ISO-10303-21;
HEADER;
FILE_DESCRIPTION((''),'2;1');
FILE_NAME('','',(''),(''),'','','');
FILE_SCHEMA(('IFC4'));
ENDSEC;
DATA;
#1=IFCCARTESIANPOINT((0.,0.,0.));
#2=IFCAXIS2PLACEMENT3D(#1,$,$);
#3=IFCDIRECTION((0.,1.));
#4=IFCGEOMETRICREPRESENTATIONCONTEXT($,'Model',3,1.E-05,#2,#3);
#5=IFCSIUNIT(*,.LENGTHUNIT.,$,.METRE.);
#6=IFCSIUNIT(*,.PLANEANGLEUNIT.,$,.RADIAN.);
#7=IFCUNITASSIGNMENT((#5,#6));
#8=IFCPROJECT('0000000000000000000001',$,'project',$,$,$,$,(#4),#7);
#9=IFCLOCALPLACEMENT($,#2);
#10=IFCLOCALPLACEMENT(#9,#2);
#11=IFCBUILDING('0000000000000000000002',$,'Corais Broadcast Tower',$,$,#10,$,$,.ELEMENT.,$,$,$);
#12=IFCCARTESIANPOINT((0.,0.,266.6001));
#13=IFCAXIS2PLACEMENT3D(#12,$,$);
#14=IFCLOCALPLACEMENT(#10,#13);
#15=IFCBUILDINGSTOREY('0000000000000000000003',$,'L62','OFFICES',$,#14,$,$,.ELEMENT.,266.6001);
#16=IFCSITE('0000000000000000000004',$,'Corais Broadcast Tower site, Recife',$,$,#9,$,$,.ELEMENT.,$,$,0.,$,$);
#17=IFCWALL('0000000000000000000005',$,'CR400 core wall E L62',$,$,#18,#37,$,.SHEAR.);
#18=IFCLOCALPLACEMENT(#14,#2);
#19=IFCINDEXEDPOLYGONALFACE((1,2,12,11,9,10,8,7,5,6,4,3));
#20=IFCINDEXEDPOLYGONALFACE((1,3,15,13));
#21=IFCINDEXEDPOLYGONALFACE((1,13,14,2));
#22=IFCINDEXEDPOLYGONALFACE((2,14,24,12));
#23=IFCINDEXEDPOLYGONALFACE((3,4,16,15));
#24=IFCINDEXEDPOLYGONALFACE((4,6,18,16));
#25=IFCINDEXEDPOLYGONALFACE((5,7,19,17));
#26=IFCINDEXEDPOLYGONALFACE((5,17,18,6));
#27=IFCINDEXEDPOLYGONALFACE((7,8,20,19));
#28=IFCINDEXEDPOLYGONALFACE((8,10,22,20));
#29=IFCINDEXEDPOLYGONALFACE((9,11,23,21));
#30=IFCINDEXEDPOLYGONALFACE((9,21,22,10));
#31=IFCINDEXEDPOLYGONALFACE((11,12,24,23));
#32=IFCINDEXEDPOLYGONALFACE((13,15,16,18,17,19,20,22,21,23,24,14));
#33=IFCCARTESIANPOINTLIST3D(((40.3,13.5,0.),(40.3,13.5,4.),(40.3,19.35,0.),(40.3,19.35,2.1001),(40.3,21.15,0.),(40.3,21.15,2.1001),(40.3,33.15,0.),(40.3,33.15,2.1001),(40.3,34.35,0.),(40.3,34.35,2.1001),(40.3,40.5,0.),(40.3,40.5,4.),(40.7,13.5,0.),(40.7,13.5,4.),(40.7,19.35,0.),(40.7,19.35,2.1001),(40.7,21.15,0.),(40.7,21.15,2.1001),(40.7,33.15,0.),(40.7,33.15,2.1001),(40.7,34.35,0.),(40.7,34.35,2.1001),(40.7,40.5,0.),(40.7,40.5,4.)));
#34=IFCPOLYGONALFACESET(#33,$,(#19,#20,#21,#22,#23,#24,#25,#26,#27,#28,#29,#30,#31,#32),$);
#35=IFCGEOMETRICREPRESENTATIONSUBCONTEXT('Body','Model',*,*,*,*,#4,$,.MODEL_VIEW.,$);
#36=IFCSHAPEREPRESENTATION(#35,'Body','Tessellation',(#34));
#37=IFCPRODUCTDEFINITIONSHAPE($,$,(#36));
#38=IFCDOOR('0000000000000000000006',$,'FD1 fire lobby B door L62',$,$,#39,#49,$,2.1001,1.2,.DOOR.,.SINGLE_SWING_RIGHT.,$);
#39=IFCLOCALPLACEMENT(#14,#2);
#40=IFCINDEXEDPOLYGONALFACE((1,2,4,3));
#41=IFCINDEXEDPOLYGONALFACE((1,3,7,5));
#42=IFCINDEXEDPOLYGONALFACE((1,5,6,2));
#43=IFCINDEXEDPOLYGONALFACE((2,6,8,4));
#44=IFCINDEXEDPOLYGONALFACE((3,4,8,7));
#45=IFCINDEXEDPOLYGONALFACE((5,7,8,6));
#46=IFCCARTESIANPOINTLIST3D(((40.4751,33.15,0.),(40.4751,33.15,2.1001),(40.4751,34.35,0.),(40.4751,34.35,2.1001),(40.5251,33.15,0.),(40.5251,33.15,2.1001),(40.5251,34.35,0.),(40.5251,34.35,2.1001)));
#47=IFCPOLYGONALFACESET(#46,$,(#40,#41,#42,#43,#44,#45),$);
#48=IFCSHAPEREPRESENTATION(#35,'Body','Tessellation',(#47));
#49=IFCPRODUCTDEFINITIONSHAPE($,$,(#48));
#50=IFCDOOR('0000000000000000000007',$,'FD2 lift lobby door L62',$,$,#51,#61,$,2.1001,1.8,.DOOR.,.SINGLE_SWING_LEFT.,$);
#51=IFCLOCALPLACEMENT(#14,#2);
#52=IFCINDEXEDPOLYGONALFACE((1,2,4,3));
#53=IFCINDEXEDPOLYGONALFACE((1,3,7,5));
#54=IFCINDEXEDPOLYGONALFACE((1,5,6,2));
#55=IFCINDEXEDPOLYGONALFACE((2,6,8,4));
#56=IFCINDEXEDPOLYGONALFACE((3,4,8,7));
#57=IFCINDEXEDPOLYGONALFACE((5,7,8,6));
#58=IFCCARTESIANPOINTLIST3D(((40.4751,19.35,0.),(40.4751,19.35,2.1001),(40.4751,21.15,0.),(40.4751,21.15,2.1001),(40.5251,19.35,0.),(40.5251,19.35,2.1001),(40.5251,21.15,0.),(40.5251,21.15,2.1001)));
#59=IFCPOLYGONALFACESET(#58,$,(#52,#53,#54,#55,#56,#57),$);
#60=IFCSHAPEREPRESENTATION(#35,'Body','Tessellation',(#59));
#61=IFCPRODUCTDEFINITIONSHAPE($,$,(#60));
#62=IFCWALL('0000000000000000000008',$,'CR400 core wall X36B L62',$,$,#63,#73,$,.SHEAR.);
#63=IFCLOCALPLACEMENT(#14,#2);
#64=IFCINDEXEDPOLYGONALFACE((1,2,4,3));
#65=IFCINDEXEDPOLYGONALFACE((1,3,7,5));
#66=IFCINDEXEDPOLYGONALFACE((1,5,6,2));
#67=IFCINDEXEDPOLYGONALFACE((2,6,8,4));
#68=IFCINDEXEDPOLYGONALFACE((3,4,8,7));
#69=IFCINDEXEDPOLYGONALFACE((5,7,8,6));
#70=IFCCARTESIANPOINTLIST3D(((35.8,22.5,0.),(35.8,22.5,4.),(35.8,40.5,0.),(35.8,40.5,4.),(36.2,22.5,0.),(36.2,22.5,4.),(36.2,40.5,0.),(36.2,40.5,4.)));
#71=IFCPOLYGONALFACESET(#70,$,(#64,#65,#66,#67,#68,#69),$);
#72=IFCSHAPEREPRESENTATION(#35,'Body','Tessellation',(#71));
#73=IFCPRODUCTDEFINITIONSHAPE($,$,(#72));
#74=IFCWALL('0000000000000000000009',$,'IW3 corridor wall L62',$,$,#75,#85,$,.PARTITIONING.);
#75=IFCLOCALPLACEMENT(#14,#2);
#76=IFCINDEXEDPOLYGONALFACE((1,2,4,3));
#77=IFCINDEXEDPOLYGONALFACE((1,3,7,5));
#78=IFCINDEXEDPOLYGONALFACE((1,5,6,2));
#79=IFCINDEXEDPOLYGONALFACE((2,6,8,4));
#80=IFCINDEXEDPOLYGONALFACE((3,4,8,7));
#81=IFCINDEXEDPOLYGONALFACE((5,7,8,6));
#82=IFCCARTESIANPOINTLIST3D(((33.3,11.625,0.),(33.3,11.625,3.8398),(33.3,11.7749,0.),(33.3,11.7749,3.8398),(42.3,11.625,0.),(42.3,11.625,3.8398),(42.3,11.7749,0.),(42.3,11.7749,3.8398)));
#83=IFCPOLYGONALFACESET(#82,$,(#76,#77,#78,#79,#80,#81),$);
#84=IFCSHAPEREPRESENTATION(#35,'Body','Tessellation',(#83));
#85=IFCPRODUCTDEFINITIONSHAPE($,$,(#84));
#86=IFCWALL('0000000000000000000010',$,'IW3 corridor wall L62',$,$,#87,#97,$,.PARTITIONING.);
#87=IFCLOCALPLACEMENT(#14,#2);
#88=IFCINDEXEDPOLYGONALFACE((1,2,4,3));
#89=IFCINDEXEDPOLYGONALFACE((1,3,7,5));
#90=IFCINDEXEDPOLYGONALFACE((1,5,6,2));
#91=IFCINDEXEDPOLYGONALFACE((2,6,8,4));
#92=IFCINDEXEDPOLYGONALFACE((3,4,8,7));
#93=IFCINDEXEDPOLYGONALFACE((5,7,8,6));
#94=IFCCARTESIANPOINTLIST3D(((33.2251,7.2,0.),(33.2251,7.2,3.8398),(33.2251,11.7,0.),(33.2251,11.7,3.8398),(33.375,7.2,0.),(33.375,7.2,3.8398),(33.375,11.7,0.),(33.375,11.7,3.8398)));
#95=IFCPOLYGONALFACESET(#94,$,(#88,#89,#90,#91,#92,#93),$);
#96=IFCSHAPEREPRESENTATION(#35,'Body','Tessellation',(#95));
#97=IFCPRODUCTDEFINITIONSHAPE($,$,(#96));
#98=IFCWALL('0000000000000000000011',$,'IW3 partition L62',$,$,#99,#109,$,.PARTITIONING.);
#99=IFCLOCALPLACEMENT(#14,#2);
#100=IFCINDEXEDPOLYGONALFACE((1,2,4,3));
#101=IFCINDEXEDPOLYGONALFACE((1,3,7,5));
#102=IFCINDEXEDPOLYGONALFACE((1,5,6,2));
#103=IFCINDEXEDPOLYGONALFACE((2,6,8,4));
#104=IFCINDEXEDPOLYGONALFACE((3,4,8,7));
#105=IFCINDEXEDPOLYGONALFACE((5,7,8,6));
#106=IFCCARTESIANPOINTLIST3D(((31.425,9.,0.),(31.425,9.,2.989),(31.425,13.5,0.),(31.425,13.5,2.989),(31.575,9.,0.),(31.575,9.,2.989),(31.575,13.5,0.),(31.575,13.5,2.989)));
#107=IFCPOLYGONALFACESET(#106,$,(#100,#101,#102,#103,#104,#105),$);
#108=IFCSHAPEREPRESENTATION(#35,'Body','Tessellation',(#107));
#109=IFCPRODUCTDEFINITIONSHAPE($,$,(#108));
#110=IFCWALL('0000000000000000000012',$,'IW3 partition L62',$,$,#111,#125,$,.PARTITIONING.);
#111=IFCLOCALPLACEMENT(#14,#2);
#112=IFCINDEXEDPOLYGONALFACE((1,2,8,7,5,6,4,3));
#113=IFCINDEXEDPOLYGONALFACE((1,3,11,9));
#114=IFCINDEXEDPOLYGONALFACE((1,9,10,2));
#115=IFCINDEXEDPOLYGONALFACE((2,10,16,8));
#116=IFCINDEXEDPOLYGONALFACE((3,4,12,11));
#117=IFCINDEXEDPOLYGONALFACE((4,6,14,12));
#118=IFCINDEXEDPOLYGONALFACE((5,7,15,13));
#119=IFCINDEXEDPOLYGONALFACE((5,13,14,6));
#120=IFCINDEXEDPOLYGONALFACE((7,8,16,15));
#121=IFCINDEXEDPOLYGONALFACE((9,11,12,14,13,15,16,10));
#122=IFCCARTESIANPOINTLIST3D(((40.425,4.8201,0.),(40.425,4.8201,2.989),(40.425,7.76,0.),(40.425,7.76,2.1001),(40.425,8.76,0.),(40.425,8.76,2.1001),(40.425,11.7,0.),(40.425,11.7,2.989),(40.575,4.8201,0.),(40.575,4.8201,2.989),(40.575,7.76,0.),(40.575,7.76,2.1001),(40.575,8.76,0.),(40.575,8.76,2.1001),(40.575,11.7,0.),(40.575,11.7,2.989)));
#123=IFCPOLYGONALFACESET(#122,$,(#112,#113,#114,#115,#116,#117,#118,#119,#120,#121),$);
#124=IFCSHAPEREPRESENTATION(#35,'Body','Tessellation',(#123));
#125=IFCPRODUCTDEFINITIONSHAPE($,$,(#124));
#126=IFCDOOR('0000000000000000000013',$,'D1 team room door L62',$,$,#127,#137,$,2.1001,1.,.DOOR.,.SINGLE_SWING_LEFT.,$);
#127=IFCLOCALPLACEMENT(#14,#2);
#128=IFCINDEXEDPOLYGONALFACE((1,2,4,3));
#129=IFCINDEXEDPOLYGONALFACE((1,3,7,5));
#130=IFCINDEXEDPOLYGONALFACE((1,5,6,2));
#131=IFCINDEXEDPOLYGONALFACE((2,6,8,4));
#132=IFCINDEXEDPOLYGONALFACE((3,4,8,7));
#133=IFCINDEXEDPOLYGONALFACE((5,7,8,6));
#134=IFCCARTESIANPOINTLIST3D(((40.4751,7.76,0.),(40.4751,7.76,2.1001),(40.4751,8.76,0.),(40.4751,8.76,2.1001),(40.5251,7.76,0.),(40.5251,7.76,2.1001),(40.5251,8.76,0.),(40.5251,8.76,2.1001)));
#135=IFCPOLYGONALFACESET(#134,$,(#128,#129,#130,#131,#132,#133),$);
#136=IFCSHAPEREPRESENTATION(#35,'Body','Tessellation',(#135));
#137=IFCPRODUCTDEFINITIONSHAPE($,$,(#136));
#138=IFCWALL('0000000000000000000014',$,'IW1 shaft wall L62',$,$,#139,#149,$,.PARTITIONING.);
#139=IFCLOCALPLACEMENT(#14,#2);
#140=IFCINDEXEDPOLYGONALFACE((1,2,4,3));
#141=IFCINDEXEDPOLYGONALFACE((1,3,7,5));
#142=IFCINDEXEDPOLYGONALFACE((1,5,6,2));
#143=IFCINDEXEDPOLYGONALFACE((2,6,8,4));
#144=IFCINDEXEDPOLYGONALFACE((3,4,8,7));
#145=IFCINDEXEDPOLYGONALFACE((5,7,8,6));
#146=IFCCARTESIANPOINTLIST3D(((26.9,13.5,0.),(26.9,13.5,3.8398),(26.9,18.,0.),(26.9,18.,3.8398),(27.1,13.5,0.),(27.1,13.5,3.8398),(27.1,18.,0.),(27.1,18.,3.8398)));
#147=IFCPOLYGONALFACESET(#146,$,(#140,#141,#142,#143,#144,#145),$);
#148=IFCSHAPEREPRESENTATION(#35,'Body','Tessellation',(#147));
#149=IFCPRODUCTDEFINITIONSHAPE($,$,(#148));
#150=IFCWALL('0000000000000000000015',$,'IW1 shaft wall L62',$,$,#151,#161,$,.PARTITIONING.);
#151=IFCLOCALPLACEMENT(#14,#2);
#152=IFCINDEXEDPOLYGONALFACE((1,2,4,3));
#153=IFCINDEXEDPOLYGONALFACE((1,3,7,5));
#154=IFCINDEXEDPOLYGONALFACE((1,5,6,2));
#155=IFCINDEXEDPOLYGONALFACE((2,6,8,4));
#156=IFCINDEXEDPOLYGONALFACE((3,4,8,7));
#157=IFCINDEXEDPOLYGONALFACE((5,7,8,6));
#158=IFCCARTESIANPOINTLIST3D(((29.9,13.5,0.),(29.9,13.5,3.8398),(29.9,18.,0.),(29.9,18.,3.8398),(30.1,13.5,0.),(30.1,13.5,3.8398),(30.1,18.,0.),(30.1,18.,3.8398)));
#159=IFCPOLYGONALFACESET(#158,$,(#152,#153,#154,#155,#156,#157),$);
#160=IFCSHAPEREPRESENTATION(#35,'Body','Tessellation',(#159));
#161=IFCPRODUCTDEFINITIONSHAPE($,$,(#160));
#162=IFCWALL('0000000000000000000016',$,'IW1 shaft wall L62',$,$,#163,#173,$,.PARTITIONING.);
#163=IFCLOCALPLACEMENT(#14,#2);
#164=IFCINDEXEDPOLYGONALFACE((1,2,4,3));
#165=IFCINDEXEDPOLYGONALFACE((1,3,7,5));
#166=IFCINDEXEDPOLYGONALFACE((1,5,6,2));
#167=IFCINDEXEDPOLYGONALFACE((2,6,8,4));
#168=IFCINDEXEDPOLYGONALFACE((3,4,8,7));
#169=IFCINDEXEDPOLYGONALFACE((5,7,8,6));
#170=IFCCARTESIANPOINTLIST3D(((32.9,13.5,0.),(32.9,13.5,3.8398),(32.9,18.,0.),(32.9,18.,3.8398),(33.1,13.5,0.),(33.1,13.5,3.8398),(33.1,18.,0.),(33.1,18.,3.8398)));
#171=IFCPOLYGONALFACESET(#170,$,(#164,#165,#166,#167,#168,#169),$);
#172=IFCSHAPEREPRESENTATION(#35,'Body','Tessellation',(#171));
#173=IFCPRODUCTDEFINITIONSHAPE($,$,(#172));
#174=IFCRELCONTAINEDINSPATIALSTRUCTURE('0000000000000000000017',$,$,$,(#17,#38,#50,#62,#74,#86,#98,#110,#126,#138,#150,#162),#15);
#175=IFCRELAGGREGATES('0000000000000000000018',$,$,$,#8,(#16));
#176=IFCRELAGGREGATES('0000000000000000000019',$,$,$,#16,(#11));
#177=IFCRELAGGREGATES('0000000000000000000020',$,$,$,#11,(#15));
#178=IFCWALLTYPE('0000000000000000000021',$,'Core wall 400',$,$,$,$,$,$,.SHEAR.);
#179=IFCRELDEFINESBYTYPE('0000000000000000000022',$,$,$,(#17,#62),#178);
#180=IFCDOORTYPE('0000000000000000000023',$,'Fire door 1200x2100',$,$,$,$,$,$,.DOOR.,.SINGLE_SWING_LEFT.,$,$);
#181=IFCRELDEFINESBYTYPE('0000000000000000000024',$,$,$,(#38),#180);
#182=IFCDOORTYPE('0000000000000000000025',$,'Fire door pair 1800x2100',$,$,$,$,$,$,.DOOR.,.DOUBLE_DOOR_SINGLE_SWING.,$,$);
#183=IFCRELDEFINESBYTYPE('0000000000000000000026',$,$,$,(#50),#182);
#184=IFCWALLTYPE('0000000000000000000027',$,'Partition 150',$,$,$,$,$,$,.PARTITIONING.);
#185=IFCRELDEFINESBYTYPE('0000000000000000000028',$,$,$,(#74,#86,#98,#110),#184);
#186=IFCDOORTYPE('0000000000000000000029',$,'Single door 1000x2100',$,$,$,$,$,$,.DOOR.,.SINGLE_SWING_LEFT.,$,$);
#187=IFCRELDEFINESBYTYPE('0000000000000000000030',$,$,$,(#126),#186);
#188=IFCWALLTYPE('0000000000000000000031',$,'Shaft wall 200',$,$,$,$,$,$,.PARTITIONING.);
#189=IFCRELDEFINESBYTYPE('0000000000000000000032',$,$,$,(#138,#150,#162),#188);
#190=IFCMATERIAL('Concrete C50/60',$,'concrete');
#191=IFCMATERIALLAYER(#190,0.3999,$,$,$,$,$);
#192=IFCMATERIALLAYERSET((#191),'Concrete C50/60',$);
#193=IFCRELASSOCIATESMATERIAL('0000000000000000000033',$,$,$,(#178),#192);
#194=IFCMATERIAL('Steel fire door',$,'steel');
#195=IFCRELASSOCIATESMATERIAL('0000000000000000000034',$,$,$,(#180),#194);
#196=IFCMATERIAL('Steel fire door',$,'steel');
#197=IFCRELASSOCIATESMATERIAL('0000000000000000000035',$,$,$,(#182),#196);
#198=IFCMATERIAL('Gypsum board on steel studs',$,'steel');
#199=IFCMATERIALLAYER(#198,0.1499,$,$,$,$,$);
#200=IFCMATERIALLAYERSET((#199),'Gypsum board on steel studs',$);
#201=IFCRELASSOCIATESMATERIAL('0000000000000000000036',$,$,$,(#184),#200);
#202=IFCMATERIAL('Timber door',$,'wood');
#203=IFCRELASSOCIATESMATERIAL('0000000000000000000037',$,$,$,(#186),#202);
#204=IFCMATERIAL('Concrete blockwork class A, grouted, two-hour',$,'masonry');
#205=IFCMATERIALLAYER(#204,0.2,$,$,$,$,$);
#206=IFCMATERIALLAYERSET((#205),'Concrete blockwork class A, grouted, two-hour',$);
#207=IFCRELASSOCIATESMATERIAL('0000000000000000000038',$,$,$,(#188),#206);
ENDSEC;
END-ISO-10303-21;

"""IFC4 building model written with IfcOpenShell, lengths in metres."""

from ifc_helpers import new_model, si_unit, direction, frame, frame_2d, origin, place, context, subcontext, project, spatial, rectangle, extrude, material, layer, layer_set, type_object, element, fill, save


model = new_model("IFC4")

# Units and contexts
model_context = context("Model", 3, precision=1e-05, world=origin(), true_north=direction((0.0, 1.0)))
body_context = subcontext(model_context, "Body", "Model", "MODEL_VIEW")
ifc_project = project(units=[si_unit("LENGTHUNIT", "METRE"), si_unit("PLANEANGLEUNIT", "RADIAN")], contexts=[model_context])

# Site, building, storey
site_placement = place(None, origin())
site = spatial("IfcSite", under=ifc_project, at=site_placement, Name="Corais Broadcast Tower site, Recife", CompositionType="ELEMENT", RefElevation=0.0)
building_placement = place(site_placement, origin())
building = spatial("IfcBuilding", under=site, at=building_placement, Name="Corais Broadcast Tower", CompositionType="ELEMENT")
storey_placement = place(building_placement, frame((0.0, 0.0, 266.6001)))
storey = spatial("IfcBuildingStorey", under=building, at=storey_placement, Name="L62", Description="OFFICES", CompositionType="ELEMENT", Elevation=266.6001)

# Wall, openings, doors
ifc_material_1 = material(Name="Concrete C50/60", Category="concrete")
ifc_layer_1 = layer(ifc_material_1, 0.3999)
ifc_layer_set_1 = layer_set([ifc_layer_1], Name="Concrete C50/60")
wall_type_1 = type_object("IfcWallType", Name="Core wall 400", PredefinedType="SHEAR", material=ifc_layer_set_1)
wall_1_placement = place(storey_placement, frame((40.5, 13.5, 0.0), z_axis=(0.0, 0.0, 1.0), x_axis=(0.0, 1.0, 0.0)))
wall_1 = element("IfcWall", 1, at=wall_1_placement, inside=storey, type_object=wall_type_1, Name="CR400 core wall E L62", PredefinedType="SHEAR", context=body_context, shape_type="SweptSolid", body=[
    extrude(rectangle(XDim=27.0, YDim=0.3999, at=frame_2d((13.5, 0.0))), origin(), (0.0, 0.0, 1.0), 4.0),
])
opening_1_placement = place(wall_1_placement, frame((5.8501, 0.0, 0.0)))
opening_1 = element("IfcOpeningElement", 2, at=opening_1_placement, cuts=wall_1, PredefinedType="OPENING", context=body_context, shape_type="SweptSolid", body=[
    extrude(rectangle(XDim=1.8, YDim=2.1001, at=frame_2d((0.8999, 1.05))), frame((0.0, 0.21, 0.0), z_axis=(0.0, -1.0, 0.0), x_axis=(1.0, 0.0, 0.0)), (0.0, 0.0, 1.0), 0.4199),
])
opening_2_placement = place(wall_1_placement, frame((19.6499, 0.0, 0.0)))
opening_2 = element("IfcOpeningElement", 3, at=opening_2_placement, cuts=wall_1, PredefinedType="OPENING", context=body_context, shape_type="SweptSolid", body=[
    extrude(rectangle(XDim=1.2, YDim=2.1001, at=frame_2d((0.6001, 1.05))), frame((0.0, 0.21, 0.0), z_axis=(0.0, -1.0, 0.0), x_axis=(1.0, 0.0, 0.0)), (0.0, 0.0, 1.0), 0.4199),
])
ifc_material_2 = material(Name="Steel fire door", Category="steel")
door_type_1 = type_object("IfcDoorType", Name="Fire door 1200x2100", OperationType="SINGLE_SWING_LEFT", PredefinedType="DOOR", material=ifc_material_2)
door_1_placement = place(opening_2_placement, origin())
door_1 = element("IfcDoor", 4, at=door_1_placement, inside=storey, type_object=door_type_1, Name="FD1 fire lobby B door L62", OperationType="SINGLE_SWING_RIGHT", OverallHeight=2.1001, OverallWidth=1.2, PredefinedType="DOOR", context=body_context, shape_type="SweptSolid", body=[
    extrude(rectangle(XDim=1.2, YDim=2.1001, at=frame_2d((0.6001, 1.05))), frame((0.0, 0.0249, 0.0), z_axis=(0.0, -1.0, 0.0), x_axis=(1.0, 0.0, 0.0)), (0.0, 0.0, 1.0), 0.05),
])
fill(opening_2, door_1)
ifc_material_3 = material(Name="Steel fire door", Category="steel")
door_type_2 = type_object("IfcDoorType", Name="Fire door pair 1800x2100", OperationType="DOUBLE_DOOR_SINGLE_SWING", PredefinedType="DOOR", material=ifc_material_3)
door_2_placement = place(opening_1_placement, origin())
door_2 = element("IfcDoor", 5, at=door_2_placement, inside=storey, type_object=door_type_2, Name="FD2 lift lobby door L62", OperationType="SINGLE_SWING_LEFT", OverallHeight=2.1001, OverallWidth=1.8, PredefinedType="DOOR", context=body_context, shape_type="SweptSolid", body=[
    extrude(rectangle(XDim=1.8, YDim=2.1001, at=frame_2d((0.8999, 1.05))), frame((0.0, 0.0249, 0.0), z_axis=(0.0, -1.0, 0.0), x_axis=(1.0, 0.0, 0.0)), (0.0, 0.0, 1.0), 0.05),
])
fill(opening_1, door_2)

# Walls
wall_2_placement = place(storey_placement, frame((36.0, 22.5, 0.0), z_axis=(0.0, 0.0, 1.0), x_axis=(0.0, 1.0, 0.0)))
element("IfcWall", 6, at=wall_2_placement, inside=storey, type_object=wall_type_1, Name="CR400 core wall X36B L62", PredefinedType="SHEAR", context=body_context, shape_type="SweptSolid", body=[
    extrude(rectangle(XDim=18.0, YDim=0.3999, at=frame_2d((9.0, 0.0))), origin(), (0.0, 0.0, 1.0), 4.0),
])
ifc_material_4 = material(Name="Gypsum board on steel studs", Category="steel")
ifc_layer_2 = layer(ifc_material_4, 0.1499)
ifc_layer_set_2 = layer_set([ifc_layer_2], Name="Gypsum board on steel studs")
wall_type_2 = type_object("IfcWallType", Name="Partition 150", PredefinedType="PARTITIONING", material=ifc_layer_set_2)
wall_3_placement = place(storey_placement, frame((33.3, 11.7, 0.0), z_axis=(0.0, 0.0, 1.0), x_axis=(1.0, 0.0, 0.0)))
element("IfcWall", 7, at=wall_3_placement, inside=storey, type_object=wall_type_2, Name="IW3 corridor wall L62", PredefinedType="PARTITIONING", context=body_context, shape_type="SweptSolid", body=[
    extrude(rectangle(XDim=9.0, YDim=0.1499, at=frame_2d((4.5, 0.0))), origin(), (0.0, 0.0, 1.0), 3.8398),
])
wall_4_placement = place(storey_placement, frame((33.3, 7.2, 0.0), z_axis=(0.0, 0.0, 1.0), x_axis=(0.0, 1.0, 0.0)))
element("IfcWall", 8, at=wall_4_placement, inside=storey, type_object=wall_type_2, Name="IW3 corridor wall L62", PredefinedType="PARTITIONING", context=body_context, shape_type="SweptSolid", body=[
    extrude(rectangle(XDim=4.5, YDim=0.1499, at=frame_2d((2.25, 0.0))), origin(), (0.0, 0.0, 1.0), 3.8398),
])
wall_5_placement = place(storey_placement, frame((31.5, 9.0, 0.0), z_axis=(0.0, 0.0, 1.0), x_axis=(0.0, 1.0, 0.0)))
element("IfcWall", 9, at=wall_5_placement, inside=storey, type_object=wall_type_2, Name="IW3 partition L62", PredefinedType="PARTITIONING", context=body_context, shape_type="SweptSolid", body=[
    extrude(rectangle(XDim=4.5, YDim=0.1499, at=frame_2d((2.25, 0.0))), origin(), (0.0, 0.0, 1.0), 2.989),
])

# Wall, opening, door
wall_6_placement = place(storey_placement, frame((40.5, 4.8201, 0.0), z_axis=(0.0, 0.0, 1.0), x_axis=(0.0, 1.0, 0.0)))
wall_6 = element("IfcWall", 10, at=wall_6_placement, inside=storey, type_object=wall_type_2, Name="IW3 partition L62", PredefinedType="PARTITIONING", context=body_context, shape_type="SweptSolid", body=[
    extrude(rectangle(XDim=6.8799, YDim=0.1499, at=frame_2d((3.4399, 0.0))), origin(), (0.0, 0.0, 1.0), 2.989),
])
opening_3_placement = place(wall_6_placement, frame((2.9399, 0.0, 0.0)))
opening_3 = element("IfcOpeningElement", 11, at=opening_3_placement, cuts=wall_6, PredefinedType="OPENING", context=body_context, shape_type="SweptSolid", body=[
    extrude(rectangle(XDim=1.0, YDim=2.1001, at=frame_2d((0.5, 1.05))), frame((0.0, 0.085, 0.0), z_axis=(0.0, -1.0, 0.0), x_axis=(1.0, 0.0, 0.0)), (0.0, 0.0, 1.0), 0.1699),
])
ifc_material_5 = material(Name="Timber door", Category="wood")
door_type_3 = type_object("IfcDoorType", Name="Single door 1000x2100", OperationType="SINGLE_SWING_LEFT", PredefinedType="DOOR", material=ifc_material_5)
door_3_placement = place(opening_3_placement, origin())
door_3 = element("IfcDoor", 12, at=door_3_placement, inside=storey, type_object=door_type_3, Name="D1 team room door L62", OperationType="SINGLE_SWING_LEFT", OverallHeight=2.1001, OverallWidth=1.0, PredefinedType="DOOR", context=body_context, shape_type="SweptSolid", body=[
    extrude(rectangle(XDim=1.0, YDim=2.1001, at=frame_2d((0.5, 1.05))), frame((0.0, 0.0249, 0.0), z_axis=(0.0, -1.0, 0.0), x_axis=(1.0, 0.0, 0.0)), (0.0, 0.0, 1.0), 0.05),
])
fill(opening_3, door_3)

# Walls
ifc_material_6 = material(Name="Concrete blockwork class A, grouted, two-hour", Category="masonry")
ifc_layer_3 = layer(ifc_material_6, 0.2)
ifc_layer_set_3 = layer_set([ifc_layer_3], Name="Concrete blockwork class A, grouted, two-hour")
wall_type_3 = type_object("IfcWallType", Name="Shaft wall 200", PredefinedType="PARTITIONING", material=ifc_layer_set_3)
for number, where, z_axis, x_axis, name in (
    (13, (27.0, 13.5, 0.0), (0.0, 0.0, 1.0), (0.0, 1.0, 0.0), "IW1 shaft wall L62"),
    (14, (30.0, 13.5, 0.0), (0.0, 0.0, 1.0), (0.0, 1.0, 0.0), "IW1 shaft wall L62"),
    (15, (33.0, 13.5, 0.0), (0.0, 0.0, 1.0), (0.0, 1.0, 0.0), "IW1 shaft wall L62"),
):
    element("IfcWall", number, at=place(storey_placement, frame(where, z_axis=z_axis, x_axis=x_axis)), inside=storey, type_object=wall_type_3, Name=name, PredefinedType="PARTITIONING", context=body_context, shape_type="SweptSolid", body=[
        extrude(rectangle(XDim=4.5, YDim=0.2, at=frame_2d((2.25, 0.0))), origin(), (0.0, 0.0, 1.0), 3.8398),
    ])

save(model, "model.ifc")
